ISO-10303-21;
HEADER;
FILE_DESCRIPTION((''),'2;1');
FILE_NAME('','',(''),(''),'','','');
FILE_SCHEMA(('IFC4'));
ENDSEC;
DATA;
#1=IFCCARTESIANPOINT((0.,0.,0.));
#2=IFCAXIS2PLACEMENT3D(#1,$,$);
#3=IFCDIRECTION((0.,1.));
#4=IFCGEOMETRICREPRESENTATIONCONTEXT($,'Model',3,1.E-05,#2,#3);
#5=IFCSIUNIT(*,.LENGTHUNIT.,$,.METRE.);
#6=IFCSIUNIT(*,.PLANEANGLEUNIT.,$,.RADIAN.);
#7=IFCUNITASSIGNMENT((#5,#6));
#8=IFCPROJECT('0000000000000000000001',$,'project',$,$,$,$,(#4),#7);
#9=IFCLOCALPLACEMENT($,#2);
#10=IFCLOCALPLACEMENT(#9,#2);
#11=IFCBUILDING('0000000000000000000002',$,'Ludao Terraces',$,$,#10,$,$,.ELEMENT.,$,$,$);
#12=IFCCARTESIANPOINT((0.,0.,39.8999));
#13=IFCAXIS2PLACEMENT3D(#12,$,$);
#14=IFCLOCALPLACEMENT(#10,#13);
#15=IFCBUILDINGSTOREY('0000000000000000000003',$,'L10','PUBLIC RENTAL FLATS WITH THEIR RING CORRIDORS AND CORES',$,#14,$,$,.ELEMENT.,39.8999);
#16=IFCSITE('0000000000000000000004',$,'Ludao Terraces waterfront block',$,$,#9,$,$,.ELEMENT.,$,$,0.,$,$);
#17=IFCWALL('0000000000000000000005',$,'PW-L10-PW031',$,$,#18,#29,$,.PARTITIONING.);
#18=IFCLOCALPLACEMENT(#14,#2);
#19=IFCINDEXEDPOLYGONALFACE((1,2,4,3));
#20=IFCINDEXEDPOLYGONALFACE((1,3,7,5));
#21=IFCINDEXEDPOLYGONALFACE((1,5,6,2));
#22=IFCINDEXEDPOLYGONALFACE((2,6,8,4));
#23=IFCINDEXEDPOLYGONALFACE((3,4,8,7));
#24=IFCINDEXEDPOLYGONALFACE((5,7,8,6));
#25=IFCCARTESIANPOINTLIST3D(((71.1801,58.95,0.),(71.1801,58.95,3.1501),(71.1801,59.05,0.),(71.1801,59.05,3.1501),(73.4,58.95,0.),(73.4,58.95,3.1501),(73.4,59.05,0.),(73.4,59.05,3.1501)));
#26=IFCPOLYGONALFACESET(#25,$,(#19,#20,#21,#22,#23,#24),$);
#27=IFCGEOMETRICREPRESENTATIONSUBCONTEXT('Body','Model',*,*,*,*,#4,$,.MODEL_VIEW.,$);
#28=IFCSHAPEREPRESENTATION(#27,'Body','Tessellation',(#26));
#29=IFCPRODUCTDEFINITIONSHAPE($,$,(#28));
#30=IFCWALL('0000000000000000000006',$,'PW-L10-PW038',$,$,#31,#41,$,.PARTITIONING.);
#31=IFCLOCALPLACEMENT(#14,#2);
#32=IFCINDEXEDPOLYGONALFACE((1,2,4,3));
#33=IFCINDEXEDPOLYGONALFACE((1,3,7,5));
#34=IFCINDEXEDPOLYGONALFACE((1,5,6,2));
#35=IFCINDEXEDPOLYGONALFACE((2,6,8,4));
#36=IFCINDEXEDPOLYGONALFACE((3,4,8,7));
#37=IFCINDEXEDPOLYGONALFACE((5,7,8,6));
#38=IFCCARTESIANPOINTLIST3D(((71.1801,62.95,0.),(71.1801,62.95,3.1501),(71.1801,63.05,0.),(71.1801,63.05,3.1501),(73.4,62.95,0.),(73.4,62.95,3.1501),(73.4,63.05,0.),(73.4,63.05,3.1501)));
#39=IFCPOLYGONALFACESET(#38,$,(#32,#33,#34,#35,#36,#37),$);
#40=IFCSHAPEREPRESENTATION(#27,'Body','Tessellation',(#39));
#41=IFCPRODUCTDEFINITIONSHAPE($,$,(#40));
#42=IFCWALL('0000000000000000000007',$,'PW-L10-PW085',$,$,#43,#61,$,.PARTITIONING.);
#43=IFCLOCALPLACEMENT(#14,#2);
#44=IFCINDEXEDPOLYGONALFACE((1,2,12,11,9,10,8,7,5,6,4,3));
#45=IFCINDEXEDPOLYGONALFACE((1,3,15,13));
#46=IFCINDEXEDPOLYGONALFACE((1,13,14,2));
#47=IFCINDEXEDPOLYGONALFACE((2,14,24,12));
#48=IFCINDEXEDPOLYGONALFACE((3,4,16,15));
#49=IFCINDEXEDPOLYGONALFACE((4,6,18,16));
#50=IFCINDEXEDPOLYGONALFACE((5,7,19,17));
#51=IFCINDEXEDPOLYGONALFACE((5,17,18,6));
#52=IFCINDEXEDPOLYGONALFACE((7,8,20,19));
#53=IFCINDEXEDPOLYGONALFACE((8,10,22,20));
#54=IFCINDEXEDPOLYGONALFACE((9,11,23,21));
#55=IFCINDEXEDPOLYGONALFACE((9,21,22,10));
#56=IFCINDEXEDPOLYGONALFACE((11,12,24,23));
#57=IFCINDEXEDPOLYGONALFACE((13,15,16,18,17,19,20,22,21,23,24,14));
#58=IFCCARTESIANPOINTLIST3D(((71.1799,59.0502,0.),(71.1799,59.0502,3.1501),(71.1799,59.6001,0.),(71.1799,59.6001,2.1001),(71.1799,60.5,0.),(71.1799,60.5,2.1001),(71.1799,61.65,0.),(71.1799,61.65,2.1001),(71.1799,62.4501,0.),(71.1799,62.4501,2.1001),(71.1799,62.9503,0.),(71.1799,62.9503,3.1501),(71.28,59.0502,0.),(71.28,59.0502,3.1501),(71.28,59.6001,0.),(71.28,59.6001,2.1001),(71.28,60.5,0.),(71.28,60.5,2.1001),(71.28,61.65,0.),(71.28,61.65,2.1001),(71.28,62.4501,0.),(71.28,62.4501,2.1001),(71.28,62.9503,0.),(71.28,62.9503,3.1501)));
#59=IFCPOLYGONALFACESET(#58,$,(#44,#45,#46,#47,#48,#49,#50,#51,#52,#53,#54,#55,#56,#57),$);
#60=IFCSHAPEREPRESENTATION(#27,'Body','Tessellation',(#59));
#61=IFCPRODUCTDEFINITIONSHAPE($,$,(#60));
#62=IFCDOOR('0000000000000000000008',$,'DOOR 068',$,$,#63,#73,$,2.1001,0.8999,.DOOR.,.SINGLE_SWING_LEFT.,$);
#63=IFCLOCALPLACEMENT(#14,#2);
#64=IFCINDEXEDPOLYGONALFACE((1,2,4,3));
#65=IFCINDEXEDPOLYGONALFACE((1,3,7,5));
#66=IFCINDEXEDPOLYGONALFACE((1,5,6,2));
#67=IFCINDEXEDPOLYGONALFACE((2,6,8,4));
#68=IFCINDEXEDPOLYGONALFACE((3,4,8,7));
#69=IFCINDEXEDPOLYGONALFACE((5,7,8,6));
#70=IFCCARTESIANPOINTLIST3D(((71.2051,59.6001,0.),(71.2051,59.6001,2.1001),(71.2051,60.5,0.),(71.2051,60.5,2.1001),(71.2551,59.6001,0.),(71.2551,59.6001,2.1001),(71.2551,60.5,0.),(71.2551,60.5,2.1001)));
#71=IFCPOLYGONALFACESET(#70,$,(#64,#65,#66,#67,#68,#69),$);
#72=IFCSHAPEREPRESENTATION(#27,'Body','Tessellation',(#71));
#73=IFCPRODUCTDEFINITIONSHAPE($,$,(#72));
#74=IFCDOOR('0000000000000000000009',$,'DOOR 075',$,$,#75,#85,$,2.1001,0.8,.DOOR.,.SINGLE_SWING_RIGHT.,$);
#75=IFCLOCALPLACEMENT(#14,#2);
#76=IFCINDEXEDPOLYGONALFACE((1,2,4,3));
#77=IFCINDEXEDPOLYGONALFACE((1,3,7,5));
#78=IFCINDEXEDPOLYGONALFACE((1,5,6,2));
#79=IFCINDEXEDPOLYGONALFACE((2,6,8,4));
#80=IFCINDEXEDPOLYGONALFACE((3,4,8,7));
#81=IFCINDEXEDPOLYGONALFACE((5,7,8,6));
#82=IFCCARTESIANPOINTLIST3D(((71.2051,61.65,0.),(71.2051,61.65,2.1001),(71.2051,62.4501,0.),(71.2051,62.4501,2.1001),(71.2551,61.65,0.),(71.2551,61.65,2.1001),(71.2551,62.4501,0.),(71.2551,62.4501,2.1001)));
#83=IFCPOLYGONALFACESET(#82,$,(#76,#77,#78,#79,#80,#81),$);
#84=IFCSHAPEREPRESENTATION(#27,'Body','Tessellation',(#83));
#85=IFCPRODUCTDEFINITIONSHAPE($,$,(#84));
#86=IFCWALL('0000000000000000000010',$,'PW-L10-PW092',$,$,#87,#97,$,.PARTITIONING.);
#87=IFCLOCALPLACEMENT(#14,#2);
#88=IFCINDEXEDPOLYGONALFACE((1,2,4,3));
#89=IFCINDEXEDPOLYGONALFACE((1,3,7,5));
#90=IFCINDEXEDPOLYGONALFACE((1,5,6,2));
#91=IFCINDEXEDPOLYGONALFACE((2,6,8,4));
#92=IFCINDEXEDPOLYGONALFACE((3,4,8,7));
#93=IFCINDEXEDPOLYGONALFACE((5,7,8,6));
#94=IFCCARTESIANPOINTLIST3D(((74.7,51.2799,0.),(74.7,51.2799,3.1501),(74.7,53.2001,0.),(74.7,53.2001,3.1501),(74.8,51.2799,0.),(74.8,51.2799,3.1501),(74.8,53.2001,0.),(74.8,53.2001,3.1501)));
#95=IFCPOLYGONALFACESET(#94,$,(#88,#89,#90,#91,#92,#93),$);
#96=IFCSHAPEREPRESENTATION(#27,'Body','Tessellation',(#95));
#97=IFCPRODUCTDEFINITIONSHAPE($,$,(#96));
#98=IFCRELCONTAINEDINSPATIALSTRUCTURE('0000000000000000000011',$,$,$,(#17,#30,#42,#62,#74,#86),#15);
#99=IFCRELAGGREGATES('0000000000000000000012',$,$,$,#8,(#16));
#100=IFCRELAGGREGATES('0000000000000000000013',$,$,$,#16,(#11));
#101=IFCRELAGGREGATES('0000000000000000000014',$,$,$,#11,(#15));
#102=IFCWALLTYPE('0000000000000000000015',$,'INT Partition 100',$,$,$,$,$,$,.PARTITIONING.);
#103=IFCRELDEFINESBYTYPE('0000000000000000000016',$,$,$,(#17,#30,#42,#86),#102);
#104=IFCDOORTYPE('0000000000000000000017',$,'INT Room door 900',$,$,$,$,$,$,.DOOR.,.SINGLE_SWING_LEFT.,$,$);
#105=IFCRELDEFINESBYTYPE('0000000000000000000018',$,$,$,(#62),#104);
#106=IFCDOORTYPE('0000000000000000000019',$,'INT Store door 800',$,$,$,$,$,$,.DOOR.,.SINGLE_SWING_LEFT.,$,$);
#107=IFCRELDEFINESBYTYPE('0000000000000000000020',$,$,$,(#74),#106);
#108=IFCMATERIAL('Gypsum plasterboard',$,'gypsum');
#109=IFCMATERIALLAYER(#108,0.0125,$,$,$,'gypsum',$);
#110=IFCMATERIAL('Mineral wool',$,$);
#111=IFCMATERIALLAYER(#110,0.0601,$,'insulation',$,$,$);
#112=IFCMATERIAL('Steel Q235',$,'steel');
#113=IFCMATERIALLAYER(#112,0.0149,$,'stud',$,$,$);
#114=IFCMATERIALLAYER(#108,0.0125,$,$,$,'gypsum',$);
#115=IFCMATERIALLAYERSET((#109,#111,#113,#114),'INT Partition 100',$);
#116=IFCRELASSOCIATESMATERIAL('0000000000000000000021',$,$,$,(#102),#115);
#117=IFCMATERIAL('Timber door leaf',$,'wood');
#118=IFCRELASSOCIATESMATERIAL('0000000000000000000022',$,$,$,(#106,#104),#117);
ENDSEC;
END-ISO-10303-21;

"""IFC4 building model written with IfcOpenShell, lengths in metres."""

from ifc_helpers import new_model, si_unit, direction, frame, frame_2d, origin, place, context, subcontext, project, spatial, rectangle, extrude, material, layer, layer_set, type_object, element, fill, save


model = new_model("IFC4")

# Units and contexts
model_context = context("Model", 3, precision=1e-05, world=origin(), true_north=direction((0.0, 1.0)))
body_context = subcontext(model_context, "Body", "Model", "MODEL_VIEW")
ifc_project = project(units=[si_unit("LENGTHUNIT", "METRE"), si_unit("PLANEANGLEUNIT", "RADIAN")], contexts=[model_context])

# Site, building, storey
site_placement = place(None, origin())
site = spatial("IfcSite", under=ifc_project, at=site_placement, Name="Ludao Terraces waterfront block", CompositionType="ELEMENT", RefElevation=0.0)
building_placement = place(site_placement, origin())
building = spatial("IfcBuilding", under=site, at=building_placement, Name="Ludao Terraces", CompositionType="ELEMENT")
storey_placement = place(building_placement, frame((0.0, 0.0, 39.8999)))
storey = spatial("IfcBuildingStorey", under=building, at=storey_placement, Name="L10", Description="PUBLIC RENTAL FLATS WITH THEIR RING CORRIDORS AND CORES", CompositionType="ELEMENT", Elevation=39.8999)

# Shared definitions
ifc_material_1 = material(Name="Steel Q235", Category="steel")

# Shared definitions
ifc_material_2 = material(Name="Gypsum plasterboard", Category="gypsum")
ifc_layer_1 = layer(ifc_material_2, 0.0125, Category="gypsum")
ifc_material_3 = material(Name="Mineral wool")
ifc_layer_2 = layer(ifc_material_3, 0.0601, Name="insulation")
ifc_layer_3 = layer(ifc_material_1, 0.0149, Name="stud")
ifc_layer_4 = layer(ifc_material_2, 0.0125, Category="gypsum")
ifc_layer_set_1 = layer_set([ifc_layer_1, ifc_layer_2, ifc_layer_3, ifc_layer_4], Name="INT Partition 100")
wall_type_1 = type_object("IfcWallType", Name="INT Partition 100", PredefinedType="PARTITIONING", material=ifc_layer_set_1)

# Shared definitions
ifc_material_4 = material(Name="Timber door leaf", Category="wood")
door_type_1 = type_object("IfcDoorType", Name="INT Store door 800", OperationType="SINGLE_SWING_LEFT", PredefinedType="DOOR", material=ifc_material_4)

# Walls
for number, where, z_axis, x_axis, name in (
    (1, (71.1802, 59.0, 0.0), (0.0, 0.0, 1.0), (1.0, 0.0, 0.0), "PW-L10-PW031"),
    (2, (71.1802, 63.0, 0.0), (0.0, 0.0, 1.0), (1.0, 0.0, 0.0), "PW-L10-PW038"),
):
    element("IfcWall", number, at=place(storey_placement, frame(where, z_axis=z_axis, x_axis=x_axis)), inside=storey, type_object=wall_type_1, Name=name, PredefinedType="PARTITIONING", context=body_context, shape_type="SweptSolid", body=[
        extrude(rectangle(XDim=2.22, YDim=0.1001, at=frame_2d((1.1099, 0.0))), origin(), (0.0, 0.0, 1.0), 3.1501),
    ])

# Wall, openings, doors
wall_1_placement = place(storey_placement, frame((71.23, 59.05, 0.0), z_axis=(0.0, 0.0, 1.0), x_axis=(0.0, 1.0, 0.0)))
wall_1 = element("IfcWall", 3, at=wall_1_placement, inside=storey, type_object=wall_type_1, Name="PW-L10-PW085", PredefinedType="PARTITIONING", context=body_context, shape_type="SweptSolid", body=[
    extrude(rectangle(XDim=3.9001, YDim=0.1001, at=frame_2d((1.9502, 0.0))), origin(), (0.0, 0.0, 1.0), 3.1501),
])
opening_1_placement = place(wall_1_placement, frame((0.55, 0.0, 0.0)))
opening_1 = element("IfcOpeningElement", 4, at=opening_1_placement, cuts=wall_1, PredefinedType="OPENING", context=body_context, shape_type="SweptSolid", body=[
    extrude(rectangle(XDim=0.8999, YDim=2.1001, at=frame_2d((0.45, 1.05))), frame((0.0, 0.0601, 0.0), z_axis=(0.0, -1.0, 0.0), x_axis=(1.0, 0.0, 0.0)), (0.0, 0.0, 1.0), 0.1201),
])
opening_2_placement = place(wall_1_placement, frame((2.6001, 0.0, 0.0)))
opening_2 = element("IfcOpeningElement", 5, at=opening_2_placement, cuts=wall_1, PredefinedType="OPENING", context=body_context, shape_type="SweptSolid", body=[
    extrude(rectangle(XDim=0.8, YDim=2.1001, at=frame_2d((0.3999, 1.05))), frame((0.0, 0.0601, 0.0), z_axis=(0.0, -1.0, 0.0), x_axis=(1.0, 0.0, 0.0)), (0.0, 0.0, 1.0), 0.1201),
])
door_type_2 = type_object("IfcDoorType", Name="INT Room door 900", OperationType="SINGLE_SWING_LEFT", PredefinedType="DOOR", material=ifc_material_4)
door_1_placement = place(opening_1_placement, origin())
door_1 = element("IfcDoor", 6, at=door_1_placement, inside=storey, type_object=door_type_2, Name="DOOR 068", OperationType="SINGLE_SWING_LEFT", OverallHeight=2.1001, OverallWidth=0.8999, PredefinedType="DOOR", context=body_context, shape_type="SweptSolid", body=[
    extrude(rectangle(XDim=0.8999, YDim=2.1001, at=frame_2d((0.45, 1.05))), frame((0.0, 0.0249, 0.0), z_axis=(0.0, -1.0, 0.0), x_axis=(1.0, 0.0, 0.0)), (0.0, 0.0, 1.0), 0.05),
])
fill(opening_1, door_1)
door_2_placement = place(opening_2_placement, origin())
door_2 = element("IfcDoor", 7, at=door_2_placement, inside=storey, type_object=door_type_1, Name="DOOR 075", OperationType="SINGLE_SWING_RIGHT", OverallHeight=2.1001, OverallWidth=0.8, PredefinedType="DOOR", context=body_context, shape_type="SweptSolid", body=[
    extrude(rectangle(XDim=0.8, YDim=2.1001, at=frame_2d((0.3999, 1.05))), frame((0.0, 0.0249, 0.0), z_axis=(0.0, -1.0, 0.0), x_axis=(1.0, 0.0, 0.0)), (0.0, 0.0, 1.0), 0.05),
])
fill(opening_2, door_2)

# Wall
wall_2_placement = place(storey_placement, frame((74.75, 51.28, 0.0), z_axis=(0.0, 0.0, 1.0), x_axis=(0.0, 1.0, 0.0)))
element("IfcWall", 8, at=wall_2_placement, inside=storey, type_object=wall_type_1, Name="PW-L10-PW092", PredefinedType="PARTITIONING", context=body_context, shape_type="SweptSolid", body=[
    extrude(rectangle(XDim=1.9202, YDim=0.1001, at=frame_2d((0.96, 0.0))), origin(), (0.0, 0.0, 1.0), 3.1501),
])

save(model, "model.ifc")
